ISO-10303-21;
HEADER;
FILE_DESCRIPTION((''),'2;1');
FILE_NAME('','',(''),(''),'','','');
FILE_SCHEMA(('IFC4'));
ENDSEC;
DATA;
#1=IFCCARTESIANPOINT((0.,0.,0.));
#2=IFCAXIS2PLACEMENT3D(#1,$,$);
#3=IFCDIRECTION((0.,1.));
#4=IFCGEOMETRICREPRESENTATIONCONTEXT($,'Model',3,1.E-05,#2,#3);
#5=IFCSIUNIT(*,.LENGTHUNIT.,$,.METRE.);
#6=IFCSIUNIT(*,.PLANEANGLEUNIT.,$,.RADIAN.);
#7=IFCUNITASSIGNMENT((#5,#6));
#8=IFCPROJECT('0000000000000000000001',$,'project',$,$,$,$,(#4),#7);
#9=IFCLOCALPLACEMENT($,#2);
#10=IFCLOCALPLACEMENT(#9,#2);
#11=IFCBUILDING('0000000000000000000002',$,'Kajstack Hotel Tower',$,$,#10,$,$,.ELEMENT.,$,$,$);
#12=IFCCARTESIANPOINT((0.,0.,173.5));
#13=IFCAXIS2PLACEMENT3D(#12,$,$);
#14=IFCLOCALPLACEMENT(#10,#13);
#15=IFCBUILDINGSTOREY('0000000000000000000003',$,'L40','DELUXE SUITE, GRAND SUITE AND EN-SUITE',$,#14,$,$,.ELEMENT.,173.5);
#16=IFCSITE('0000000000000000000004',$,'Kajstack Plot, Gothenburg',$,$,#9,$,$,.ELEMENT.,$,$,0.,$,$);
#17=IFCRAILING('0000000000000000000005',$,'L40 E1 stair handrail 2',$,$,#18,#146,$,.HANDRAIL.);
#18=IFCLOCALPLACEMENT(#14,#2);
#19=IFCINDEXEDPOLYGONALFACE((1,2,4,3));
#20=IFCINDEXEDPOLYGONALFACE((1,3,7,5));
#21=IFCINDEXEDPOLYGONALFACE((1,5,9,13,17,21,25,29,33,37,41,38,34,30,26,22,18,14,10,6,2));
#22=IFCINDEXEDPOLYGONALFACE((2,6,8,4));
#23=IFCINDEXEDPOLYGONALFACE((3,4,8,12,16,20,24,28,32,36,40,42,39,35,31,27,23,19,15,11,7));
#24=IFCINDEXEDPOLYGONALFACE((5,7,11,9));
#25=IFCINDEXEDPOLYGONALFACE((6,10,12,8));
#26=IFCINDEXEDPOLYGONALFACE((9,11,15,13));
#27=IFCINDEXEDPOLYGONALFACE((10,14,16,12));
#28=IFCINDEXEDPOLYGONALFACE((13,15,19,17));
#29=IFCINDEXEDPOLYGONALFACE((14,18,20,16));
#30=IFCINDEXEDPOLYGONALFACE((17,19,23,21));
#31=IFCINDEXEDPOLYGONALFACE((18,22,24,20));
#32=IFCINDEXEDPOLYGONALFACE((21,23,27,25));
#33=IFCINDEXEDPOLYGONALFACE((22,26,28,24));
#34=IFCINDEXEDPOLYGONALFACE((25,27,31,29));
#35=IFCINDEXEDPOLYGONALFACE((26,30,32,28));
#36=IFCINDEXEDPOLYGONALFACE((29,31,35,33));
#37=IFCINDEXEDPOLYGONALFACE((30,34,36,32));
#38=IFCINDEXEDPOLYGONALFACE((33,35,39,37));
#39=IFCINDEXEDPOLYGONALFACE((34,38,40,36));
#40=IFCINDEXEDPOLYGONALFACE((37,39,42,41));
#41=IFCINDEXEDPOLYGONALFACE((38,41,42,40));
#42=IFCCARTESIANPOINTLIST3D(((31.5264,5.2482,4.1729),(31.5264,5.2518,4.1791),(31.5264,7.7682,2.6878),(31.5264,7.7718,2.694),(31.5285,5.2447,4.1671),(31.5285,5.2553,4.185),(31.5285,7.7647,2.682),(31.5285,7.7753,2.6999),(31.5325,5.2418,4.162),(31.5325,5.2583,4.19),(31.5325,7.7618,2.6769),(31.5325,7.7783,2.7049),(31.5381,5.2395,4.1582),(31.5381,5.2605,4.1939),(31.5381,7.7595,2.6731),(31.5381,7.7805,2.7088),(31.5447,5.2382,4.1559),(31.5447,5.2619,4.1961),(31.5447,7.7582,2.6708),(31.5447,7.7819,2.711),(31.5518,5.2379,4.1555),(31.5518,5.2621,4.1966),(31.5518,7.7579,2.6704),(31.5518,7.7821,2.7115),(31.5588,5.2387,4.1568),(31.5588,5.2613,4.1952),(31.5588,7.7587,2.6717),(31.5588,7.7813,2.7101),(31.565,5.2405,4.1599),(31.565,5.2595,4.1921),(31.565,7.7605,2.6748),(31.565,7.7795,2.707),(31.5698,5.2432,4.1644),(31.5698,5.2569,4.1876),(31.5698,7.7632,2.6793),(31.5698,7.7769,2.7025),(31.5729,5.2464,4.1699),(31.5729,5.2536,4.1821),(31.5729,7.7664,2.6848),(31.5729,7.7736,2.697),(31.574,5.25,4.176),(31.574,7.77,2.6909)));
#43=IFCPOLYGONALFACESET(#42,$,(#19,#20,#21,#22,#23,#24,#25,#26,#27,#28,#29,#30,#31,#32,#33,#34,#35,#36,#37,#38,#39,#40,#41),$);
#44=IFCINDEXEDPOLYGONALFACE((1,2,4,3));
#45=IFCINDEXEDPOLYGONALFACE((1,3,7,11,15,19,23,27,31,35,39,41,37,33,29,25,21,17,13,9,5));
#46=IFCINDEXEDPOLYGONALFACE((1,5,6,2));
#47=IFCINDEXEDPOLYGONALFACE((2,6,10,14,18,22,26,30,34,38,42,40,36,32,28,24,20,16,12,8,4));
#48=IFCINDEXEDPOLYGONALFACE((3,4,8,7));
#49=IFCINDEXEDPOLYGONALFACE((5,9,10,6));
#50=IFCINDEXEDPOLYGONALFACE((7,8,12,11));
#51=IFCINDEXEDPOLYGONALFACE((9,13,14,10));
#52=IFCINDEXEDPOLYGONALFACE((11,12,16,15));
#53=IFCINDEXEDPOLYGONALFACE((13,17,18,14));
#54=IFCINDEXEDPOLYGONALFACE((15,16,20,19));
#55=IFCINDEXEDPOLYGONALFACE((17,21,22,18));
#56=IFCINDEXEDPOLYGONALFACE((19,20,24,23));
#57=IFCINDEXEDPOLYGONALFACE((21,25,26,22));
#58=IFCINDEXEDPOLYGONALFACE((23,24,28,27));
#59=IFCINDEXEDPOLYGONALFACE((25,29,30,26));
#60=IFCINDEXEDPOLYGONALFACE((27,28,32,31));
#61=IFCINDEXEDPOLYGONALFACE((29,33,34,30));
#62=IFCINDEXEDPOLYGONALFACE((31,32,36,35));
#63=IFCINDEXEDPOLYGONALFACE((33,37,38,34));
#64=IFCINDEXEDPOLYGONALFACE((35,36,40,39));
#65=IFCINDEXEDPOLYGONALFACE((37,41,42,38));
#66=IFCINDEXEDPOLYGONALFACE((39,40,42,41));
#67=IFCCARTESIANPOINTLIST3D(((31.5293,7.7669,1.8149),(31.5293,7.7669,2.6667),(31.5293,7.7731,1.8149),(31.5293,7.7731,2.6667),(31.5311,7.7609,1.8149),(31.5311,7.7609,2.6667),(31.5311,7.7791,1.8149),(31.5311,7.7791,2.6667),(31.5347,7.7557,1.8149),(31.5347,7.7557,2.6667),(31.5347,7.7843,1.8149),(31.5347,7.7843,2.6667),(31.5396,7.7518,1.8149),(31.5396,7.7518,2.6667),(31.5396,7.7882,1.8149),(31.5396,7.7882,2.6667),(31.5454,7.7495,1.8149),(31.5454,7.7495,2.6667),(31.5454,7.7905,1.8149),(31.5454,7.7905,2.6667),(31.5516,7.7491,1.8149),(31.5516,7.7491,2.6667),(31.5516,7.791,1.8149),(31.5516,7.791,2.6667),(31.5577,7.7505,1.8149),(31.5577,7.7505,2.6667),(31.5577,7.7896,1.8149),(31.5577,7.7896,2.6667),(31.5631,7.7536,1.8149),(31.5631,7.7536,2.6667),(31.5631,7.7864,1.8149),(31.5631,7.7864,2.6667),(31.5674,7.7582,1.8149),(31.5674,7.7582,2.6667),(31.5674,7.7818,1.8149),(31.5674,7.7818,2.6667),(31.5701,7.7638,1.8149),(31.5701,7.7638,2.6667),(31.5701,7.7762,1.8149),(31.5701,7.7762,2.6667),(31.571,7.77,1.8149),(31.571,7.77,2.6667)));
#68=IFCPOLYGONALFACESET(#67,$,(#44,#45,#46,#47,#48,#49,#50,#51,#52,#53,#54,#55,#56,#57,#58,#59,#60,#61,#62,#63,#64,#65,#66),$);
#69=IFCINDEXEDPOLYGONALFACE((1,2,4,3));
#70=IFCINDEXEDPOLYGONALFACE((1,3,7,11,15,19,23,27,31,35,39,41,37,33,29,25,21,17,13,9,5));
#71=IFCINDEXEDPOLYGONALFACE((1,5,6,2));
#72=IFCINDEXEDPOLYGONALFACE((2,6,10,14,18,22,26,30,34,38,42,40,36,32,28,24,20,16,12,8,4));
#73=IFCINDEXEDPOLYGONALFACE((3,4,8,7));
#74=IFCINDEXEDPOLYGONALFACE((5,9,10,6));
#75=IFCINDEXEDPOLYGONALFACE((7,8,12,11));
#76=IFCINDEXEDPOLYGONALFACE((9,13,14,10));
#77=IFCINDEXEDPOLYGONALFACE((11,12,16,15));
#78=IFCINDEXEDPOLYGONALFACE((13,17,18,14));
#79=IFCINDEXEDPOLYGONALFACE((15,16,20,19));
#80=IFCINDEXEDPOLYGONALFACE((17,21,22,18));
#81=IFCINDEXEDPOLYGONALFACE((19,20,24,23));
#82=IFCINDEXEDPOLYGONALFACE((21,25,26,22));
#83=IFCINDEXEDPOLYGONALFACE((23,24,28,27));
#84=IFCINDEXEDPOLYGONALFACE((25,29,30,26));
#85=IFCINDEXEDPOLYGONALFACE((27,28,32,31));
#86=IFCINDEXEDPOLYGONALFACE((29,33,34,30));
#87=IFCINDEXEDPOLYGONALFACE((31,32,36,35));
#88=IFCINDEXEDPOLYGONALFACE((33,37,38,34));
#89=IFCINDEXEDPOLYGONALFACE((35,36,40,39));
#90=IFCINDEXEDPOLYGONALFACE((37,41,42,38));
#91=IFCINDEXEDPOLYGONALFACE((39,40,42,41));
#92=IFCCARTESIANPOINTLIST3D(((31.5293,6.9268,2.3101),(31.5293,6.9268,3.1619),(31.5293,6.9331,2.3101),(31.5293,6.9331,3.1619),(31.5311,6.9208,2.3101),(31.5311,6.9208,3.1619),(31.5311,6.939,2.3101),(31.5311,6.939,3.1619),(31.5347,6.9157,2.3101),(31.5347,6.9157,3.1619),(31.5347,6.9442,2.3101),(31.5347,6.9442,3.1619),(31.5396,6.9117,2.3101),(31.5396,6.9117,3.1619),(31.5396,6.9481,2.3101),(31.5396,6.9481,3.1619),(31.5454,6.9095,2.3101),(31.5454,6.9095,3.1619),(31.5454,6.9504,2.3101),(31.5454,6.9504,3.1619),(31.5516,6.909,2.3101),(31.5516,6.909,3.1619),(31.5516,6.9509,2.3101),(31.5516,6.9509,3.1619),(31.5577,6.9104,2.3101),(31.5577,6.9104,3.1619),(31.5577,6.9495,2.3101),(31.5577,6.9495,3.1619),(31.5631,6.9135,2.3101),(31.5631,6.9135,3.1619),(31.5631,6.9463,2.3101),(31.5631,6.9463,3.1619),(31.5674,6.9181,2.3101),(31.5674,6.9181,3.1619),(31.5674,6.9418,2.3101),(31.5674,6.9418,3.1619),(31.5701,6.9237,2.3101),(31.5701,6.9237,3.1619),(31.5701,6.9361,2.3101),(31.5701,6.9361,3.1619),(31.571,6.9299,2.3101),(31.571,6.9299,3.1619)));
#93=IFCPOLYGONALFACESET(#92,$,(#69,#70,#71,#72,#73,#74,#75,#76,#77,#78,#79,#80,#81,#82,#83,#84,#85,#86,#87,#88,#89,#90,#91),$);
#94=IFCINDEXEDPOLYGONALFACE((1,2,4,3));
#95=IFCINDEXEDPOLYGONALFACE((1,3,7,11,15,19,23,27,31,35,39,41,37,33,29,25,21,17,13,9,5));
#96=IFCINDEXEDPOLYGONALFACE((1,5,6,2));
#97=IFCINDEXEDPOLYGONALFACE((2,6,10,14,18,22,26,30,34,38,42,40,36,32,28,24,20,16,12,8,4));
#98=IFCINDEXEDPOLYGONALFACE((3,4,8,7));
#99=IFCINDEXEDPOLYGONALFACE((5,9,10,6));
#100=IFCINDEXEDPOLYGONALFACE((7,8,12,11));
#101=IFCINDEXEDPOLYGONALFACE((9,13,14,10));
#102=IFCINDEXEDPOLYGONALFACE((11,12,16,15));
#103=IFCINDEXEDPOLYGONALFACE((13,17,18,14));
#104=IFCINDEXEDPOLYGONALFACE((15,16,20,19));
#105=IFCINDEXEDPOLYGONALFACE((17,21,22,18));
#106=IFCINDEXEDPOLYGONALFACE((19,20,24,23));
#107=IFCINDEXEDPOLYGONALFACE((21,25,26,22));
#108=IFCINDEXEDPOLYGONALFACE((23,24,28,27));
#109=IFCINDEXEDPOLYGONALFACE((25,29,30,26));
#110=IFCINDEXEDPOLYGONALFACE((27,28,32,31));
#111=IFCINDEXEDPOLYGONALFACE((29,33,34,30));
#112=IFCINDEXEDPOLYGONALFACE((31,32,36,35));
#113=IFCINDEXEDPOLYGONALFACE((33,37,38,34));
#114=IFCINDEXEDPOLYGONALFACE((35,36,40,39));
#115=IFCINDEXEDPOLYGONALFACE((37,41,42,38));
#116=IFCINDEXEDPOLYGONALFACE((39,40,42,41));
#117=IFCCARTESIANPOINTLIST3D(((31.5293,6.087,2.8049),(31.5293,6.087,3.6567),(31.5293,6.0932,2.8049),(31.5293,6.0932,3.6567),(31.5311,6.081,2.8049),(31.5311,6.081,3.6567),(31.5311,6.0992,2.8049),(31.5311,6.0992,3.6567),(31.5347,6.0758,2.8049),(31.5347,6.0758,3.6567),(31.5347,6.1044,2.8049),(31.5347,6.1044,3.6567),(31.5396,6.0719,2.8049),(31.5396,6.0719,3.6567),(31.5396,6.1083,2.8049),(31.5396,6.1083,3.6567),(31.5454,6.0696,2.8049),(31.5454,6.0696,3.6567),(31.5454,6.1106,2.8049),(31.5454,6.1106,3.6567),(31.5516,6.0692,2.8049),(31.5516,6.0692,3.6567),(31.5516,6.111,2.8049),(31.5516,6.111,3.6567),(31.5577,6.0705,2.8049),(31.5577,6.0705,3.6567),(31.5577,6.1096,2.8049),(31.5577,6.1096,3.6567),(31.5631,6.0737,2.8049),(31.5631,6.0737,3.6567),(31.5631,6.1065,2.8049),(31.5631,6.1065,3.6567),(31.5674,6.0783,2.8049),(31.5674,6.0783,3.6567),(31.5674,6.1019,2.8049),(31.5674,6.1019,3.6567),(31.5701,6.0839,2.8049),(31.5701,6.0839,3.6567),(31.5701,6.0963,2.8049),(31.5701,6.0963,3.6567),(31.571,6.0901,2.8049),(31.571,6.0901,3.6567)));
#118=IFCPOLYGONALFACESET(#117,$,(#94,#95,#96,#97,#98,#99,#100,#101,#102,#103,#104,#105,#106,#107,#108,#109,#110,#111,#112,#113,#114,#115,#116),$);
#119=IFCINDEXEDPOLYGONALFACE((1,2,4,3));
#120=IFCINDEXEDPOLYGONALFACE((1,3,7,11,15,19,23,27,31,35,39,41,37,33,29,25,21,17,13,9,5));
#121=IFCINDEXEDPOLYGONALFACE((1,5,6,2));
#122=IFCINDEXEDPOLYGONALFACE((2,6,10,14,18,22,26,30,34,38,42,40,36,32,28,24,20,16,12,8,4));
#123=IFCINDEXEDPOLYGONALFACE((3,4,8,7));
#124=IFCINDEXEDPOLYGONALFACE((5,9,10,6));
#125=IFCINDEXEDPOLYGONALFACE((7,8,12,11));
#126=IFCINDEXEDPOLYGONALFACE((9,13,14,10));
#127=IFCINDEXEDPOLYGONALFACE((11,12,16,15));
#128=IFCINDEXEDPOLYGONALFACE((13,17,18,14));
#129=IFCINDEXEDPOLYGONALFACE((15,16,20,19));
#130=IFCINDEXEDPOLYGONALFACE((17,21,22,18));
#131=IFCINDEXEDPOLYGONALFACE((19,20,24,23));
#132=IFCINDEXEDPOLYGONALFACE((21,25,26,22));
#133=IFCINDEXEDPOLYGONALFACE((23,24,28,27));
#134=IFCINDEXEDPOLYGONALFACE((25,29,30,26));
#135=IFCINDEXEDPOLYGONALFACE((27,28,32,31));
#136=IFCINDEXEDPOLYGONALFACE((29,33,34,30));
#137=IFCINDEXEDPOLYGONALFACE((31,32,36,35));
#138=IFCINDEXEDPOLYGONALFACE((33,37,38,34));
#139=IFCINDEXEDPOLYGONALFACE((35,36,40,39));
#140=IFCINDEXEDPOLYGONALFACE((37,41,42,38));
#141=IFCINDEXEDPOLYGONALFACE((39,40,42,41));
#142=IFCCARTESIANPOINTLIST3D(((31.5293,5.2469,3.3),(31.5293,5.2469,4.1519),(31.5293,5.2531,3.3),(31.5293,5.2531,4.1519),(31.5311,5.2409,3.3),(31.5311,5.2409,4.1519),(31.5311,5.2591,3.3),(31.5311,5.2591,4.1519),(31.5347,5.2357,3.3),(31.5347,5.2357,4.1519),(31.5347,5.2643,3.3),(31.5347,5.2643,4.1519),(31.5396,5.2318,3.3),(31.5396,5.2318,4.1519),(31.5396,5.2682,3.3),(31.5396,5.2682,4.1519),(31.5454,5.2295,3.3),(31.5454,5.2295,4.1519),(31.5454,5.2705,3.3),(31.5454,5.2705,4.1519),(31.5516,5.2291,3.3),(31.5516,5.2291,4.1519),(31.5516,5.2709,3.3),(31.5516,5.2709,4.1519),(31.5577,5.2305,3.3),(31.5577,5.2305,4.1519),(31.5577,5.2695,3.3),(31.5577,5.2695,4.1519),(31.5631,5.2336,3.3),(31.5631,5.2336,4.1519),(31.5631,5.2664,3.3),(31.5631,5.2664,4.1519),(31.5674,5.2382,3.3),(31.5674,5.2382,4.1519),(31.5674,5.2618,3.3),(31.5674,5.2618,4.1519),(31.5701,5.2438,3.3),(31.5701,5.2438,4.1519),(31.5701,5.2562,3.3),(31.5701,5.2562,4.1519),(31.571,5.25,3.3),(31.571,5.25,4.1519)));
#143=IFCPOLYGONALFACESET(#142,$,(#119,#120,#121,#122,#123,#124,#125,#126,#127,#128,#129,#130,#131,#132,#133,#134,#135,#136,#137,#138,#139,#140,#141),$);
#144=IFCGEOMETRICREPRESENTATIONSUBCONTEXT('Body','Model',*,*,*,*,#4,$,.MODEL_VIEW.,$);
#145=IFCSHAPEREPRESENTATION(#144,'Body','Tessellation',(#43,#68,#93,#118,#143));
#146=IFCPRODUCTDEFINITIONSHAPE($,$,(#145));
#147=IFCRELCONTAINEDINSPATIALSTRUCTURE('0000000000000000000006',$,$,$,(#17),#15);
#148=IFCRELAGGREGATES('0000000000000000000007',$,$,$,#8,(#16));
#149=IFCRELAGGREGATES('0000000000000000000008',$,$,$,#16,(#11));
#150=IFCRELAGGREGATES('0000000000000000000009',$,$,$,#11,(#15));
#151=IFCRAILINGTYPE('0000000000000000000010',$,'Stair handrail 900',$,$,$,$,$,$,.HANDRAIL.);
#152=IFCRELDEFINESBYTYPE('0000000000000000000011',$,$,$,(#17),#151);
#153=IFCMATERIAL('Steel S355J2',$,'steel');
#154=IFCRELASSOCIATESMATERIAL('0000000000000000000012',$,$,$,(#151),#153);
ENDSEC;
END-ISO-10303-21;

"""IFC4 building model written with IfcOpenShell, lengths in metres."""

from ifc_helpers import new_model, si_unit, direction, frame, origin, origin_2d, place, context, subcontext, project, spatial, circle, extrude, material, type_object, element, save


model = new_model("IFC4")

# Units and contexts
model_context = context("Model", 3, precision=1e-05, world=origin(), true_north=direction((0.0, 1.0)))
body_context = subcontext(model_context, "Body", "Model", "MODEL_VIEW")
ifc_project = project(units=[si_unit("LENGTHUNIT", "METRE"), si_unit("PLANEANGLEUNIT", "RADIAN")], contexts=[model_context])

# Site, building, storey
site_placement = place(None, origin())
site = spatial("IfcSite", under=ifc_project, at=site_placement, Name="Kajstack Plot, Gothenburg", CompositionType="ELEMENT", RefElevation=0.0)
building_placement = place(site_placement, origin())
building = spatial("IfcBuilding", under=site, at=building_placement, Name="Kajstack Hotel Tower", CompositionType="ELEMENT")
storey_placement = place(building_placement, frame((0.0, 0.0, 173.5)))
storey = spatial("IfcBuildingStorey", under=building, at=storey_placement, Name="L40", Description="DELUXE SUITE, GRAND SUITE AND EN-SUITE", CompositionType="ELEMENT", Elevation=173.5)

# Railing
ifc_material_1 = material(Name="Steel S355J2", Category="steel")
railing_type_1 = type_object("IfcRailingType", Name="Stair handrail 900", PredefinedType="HANDRAIL", material=ifc_material_1)
railing_1_placement = place(storey_placement, frame((31.55, 7.77, 1.8149)))
element("IfcRailing", 1, at=railing_1_placement, inside=storey, type_object=railing_type_1, Name="L40 E1 stair handrail 2", PredefinedType="HANDRAIL", context=body_context, shape_type="SweptSolid", body=[
    extrude(circle(Radius=0.0239, at=origin_2d()), frame((0.0, 0.0, 0.876), z_axis=(0.0, -0.861524, 0.507717), x_axis=(1.0, 0.0, 0.0)), (0.0, 0.0, 1.0), 2.925),
    extrude(circle(Radius=0.021, at=origin_2d()), origin(), (0.0, 0.0, 1.0), 0.8518),
    extrude(circle(Radius=0.021, at=origin_2d()), frame((0.0, -0.8401, 0.4951)), (0.0, 0.0, 1.0), 0.8518),
    extrude(circle(Radius=0.021, at=origin_2d()), frame((0.0, -1.6799, 0.99)), (0.0, 0.0, 1.0), 0.8518),
    extrude(circle(Radius=0.021, at=origin_2d()), frame((0.0, -2.52, 1.4851)), (0.0, 0.0, 1.0), 0.8518),
])

save(model, "model.ifc")
